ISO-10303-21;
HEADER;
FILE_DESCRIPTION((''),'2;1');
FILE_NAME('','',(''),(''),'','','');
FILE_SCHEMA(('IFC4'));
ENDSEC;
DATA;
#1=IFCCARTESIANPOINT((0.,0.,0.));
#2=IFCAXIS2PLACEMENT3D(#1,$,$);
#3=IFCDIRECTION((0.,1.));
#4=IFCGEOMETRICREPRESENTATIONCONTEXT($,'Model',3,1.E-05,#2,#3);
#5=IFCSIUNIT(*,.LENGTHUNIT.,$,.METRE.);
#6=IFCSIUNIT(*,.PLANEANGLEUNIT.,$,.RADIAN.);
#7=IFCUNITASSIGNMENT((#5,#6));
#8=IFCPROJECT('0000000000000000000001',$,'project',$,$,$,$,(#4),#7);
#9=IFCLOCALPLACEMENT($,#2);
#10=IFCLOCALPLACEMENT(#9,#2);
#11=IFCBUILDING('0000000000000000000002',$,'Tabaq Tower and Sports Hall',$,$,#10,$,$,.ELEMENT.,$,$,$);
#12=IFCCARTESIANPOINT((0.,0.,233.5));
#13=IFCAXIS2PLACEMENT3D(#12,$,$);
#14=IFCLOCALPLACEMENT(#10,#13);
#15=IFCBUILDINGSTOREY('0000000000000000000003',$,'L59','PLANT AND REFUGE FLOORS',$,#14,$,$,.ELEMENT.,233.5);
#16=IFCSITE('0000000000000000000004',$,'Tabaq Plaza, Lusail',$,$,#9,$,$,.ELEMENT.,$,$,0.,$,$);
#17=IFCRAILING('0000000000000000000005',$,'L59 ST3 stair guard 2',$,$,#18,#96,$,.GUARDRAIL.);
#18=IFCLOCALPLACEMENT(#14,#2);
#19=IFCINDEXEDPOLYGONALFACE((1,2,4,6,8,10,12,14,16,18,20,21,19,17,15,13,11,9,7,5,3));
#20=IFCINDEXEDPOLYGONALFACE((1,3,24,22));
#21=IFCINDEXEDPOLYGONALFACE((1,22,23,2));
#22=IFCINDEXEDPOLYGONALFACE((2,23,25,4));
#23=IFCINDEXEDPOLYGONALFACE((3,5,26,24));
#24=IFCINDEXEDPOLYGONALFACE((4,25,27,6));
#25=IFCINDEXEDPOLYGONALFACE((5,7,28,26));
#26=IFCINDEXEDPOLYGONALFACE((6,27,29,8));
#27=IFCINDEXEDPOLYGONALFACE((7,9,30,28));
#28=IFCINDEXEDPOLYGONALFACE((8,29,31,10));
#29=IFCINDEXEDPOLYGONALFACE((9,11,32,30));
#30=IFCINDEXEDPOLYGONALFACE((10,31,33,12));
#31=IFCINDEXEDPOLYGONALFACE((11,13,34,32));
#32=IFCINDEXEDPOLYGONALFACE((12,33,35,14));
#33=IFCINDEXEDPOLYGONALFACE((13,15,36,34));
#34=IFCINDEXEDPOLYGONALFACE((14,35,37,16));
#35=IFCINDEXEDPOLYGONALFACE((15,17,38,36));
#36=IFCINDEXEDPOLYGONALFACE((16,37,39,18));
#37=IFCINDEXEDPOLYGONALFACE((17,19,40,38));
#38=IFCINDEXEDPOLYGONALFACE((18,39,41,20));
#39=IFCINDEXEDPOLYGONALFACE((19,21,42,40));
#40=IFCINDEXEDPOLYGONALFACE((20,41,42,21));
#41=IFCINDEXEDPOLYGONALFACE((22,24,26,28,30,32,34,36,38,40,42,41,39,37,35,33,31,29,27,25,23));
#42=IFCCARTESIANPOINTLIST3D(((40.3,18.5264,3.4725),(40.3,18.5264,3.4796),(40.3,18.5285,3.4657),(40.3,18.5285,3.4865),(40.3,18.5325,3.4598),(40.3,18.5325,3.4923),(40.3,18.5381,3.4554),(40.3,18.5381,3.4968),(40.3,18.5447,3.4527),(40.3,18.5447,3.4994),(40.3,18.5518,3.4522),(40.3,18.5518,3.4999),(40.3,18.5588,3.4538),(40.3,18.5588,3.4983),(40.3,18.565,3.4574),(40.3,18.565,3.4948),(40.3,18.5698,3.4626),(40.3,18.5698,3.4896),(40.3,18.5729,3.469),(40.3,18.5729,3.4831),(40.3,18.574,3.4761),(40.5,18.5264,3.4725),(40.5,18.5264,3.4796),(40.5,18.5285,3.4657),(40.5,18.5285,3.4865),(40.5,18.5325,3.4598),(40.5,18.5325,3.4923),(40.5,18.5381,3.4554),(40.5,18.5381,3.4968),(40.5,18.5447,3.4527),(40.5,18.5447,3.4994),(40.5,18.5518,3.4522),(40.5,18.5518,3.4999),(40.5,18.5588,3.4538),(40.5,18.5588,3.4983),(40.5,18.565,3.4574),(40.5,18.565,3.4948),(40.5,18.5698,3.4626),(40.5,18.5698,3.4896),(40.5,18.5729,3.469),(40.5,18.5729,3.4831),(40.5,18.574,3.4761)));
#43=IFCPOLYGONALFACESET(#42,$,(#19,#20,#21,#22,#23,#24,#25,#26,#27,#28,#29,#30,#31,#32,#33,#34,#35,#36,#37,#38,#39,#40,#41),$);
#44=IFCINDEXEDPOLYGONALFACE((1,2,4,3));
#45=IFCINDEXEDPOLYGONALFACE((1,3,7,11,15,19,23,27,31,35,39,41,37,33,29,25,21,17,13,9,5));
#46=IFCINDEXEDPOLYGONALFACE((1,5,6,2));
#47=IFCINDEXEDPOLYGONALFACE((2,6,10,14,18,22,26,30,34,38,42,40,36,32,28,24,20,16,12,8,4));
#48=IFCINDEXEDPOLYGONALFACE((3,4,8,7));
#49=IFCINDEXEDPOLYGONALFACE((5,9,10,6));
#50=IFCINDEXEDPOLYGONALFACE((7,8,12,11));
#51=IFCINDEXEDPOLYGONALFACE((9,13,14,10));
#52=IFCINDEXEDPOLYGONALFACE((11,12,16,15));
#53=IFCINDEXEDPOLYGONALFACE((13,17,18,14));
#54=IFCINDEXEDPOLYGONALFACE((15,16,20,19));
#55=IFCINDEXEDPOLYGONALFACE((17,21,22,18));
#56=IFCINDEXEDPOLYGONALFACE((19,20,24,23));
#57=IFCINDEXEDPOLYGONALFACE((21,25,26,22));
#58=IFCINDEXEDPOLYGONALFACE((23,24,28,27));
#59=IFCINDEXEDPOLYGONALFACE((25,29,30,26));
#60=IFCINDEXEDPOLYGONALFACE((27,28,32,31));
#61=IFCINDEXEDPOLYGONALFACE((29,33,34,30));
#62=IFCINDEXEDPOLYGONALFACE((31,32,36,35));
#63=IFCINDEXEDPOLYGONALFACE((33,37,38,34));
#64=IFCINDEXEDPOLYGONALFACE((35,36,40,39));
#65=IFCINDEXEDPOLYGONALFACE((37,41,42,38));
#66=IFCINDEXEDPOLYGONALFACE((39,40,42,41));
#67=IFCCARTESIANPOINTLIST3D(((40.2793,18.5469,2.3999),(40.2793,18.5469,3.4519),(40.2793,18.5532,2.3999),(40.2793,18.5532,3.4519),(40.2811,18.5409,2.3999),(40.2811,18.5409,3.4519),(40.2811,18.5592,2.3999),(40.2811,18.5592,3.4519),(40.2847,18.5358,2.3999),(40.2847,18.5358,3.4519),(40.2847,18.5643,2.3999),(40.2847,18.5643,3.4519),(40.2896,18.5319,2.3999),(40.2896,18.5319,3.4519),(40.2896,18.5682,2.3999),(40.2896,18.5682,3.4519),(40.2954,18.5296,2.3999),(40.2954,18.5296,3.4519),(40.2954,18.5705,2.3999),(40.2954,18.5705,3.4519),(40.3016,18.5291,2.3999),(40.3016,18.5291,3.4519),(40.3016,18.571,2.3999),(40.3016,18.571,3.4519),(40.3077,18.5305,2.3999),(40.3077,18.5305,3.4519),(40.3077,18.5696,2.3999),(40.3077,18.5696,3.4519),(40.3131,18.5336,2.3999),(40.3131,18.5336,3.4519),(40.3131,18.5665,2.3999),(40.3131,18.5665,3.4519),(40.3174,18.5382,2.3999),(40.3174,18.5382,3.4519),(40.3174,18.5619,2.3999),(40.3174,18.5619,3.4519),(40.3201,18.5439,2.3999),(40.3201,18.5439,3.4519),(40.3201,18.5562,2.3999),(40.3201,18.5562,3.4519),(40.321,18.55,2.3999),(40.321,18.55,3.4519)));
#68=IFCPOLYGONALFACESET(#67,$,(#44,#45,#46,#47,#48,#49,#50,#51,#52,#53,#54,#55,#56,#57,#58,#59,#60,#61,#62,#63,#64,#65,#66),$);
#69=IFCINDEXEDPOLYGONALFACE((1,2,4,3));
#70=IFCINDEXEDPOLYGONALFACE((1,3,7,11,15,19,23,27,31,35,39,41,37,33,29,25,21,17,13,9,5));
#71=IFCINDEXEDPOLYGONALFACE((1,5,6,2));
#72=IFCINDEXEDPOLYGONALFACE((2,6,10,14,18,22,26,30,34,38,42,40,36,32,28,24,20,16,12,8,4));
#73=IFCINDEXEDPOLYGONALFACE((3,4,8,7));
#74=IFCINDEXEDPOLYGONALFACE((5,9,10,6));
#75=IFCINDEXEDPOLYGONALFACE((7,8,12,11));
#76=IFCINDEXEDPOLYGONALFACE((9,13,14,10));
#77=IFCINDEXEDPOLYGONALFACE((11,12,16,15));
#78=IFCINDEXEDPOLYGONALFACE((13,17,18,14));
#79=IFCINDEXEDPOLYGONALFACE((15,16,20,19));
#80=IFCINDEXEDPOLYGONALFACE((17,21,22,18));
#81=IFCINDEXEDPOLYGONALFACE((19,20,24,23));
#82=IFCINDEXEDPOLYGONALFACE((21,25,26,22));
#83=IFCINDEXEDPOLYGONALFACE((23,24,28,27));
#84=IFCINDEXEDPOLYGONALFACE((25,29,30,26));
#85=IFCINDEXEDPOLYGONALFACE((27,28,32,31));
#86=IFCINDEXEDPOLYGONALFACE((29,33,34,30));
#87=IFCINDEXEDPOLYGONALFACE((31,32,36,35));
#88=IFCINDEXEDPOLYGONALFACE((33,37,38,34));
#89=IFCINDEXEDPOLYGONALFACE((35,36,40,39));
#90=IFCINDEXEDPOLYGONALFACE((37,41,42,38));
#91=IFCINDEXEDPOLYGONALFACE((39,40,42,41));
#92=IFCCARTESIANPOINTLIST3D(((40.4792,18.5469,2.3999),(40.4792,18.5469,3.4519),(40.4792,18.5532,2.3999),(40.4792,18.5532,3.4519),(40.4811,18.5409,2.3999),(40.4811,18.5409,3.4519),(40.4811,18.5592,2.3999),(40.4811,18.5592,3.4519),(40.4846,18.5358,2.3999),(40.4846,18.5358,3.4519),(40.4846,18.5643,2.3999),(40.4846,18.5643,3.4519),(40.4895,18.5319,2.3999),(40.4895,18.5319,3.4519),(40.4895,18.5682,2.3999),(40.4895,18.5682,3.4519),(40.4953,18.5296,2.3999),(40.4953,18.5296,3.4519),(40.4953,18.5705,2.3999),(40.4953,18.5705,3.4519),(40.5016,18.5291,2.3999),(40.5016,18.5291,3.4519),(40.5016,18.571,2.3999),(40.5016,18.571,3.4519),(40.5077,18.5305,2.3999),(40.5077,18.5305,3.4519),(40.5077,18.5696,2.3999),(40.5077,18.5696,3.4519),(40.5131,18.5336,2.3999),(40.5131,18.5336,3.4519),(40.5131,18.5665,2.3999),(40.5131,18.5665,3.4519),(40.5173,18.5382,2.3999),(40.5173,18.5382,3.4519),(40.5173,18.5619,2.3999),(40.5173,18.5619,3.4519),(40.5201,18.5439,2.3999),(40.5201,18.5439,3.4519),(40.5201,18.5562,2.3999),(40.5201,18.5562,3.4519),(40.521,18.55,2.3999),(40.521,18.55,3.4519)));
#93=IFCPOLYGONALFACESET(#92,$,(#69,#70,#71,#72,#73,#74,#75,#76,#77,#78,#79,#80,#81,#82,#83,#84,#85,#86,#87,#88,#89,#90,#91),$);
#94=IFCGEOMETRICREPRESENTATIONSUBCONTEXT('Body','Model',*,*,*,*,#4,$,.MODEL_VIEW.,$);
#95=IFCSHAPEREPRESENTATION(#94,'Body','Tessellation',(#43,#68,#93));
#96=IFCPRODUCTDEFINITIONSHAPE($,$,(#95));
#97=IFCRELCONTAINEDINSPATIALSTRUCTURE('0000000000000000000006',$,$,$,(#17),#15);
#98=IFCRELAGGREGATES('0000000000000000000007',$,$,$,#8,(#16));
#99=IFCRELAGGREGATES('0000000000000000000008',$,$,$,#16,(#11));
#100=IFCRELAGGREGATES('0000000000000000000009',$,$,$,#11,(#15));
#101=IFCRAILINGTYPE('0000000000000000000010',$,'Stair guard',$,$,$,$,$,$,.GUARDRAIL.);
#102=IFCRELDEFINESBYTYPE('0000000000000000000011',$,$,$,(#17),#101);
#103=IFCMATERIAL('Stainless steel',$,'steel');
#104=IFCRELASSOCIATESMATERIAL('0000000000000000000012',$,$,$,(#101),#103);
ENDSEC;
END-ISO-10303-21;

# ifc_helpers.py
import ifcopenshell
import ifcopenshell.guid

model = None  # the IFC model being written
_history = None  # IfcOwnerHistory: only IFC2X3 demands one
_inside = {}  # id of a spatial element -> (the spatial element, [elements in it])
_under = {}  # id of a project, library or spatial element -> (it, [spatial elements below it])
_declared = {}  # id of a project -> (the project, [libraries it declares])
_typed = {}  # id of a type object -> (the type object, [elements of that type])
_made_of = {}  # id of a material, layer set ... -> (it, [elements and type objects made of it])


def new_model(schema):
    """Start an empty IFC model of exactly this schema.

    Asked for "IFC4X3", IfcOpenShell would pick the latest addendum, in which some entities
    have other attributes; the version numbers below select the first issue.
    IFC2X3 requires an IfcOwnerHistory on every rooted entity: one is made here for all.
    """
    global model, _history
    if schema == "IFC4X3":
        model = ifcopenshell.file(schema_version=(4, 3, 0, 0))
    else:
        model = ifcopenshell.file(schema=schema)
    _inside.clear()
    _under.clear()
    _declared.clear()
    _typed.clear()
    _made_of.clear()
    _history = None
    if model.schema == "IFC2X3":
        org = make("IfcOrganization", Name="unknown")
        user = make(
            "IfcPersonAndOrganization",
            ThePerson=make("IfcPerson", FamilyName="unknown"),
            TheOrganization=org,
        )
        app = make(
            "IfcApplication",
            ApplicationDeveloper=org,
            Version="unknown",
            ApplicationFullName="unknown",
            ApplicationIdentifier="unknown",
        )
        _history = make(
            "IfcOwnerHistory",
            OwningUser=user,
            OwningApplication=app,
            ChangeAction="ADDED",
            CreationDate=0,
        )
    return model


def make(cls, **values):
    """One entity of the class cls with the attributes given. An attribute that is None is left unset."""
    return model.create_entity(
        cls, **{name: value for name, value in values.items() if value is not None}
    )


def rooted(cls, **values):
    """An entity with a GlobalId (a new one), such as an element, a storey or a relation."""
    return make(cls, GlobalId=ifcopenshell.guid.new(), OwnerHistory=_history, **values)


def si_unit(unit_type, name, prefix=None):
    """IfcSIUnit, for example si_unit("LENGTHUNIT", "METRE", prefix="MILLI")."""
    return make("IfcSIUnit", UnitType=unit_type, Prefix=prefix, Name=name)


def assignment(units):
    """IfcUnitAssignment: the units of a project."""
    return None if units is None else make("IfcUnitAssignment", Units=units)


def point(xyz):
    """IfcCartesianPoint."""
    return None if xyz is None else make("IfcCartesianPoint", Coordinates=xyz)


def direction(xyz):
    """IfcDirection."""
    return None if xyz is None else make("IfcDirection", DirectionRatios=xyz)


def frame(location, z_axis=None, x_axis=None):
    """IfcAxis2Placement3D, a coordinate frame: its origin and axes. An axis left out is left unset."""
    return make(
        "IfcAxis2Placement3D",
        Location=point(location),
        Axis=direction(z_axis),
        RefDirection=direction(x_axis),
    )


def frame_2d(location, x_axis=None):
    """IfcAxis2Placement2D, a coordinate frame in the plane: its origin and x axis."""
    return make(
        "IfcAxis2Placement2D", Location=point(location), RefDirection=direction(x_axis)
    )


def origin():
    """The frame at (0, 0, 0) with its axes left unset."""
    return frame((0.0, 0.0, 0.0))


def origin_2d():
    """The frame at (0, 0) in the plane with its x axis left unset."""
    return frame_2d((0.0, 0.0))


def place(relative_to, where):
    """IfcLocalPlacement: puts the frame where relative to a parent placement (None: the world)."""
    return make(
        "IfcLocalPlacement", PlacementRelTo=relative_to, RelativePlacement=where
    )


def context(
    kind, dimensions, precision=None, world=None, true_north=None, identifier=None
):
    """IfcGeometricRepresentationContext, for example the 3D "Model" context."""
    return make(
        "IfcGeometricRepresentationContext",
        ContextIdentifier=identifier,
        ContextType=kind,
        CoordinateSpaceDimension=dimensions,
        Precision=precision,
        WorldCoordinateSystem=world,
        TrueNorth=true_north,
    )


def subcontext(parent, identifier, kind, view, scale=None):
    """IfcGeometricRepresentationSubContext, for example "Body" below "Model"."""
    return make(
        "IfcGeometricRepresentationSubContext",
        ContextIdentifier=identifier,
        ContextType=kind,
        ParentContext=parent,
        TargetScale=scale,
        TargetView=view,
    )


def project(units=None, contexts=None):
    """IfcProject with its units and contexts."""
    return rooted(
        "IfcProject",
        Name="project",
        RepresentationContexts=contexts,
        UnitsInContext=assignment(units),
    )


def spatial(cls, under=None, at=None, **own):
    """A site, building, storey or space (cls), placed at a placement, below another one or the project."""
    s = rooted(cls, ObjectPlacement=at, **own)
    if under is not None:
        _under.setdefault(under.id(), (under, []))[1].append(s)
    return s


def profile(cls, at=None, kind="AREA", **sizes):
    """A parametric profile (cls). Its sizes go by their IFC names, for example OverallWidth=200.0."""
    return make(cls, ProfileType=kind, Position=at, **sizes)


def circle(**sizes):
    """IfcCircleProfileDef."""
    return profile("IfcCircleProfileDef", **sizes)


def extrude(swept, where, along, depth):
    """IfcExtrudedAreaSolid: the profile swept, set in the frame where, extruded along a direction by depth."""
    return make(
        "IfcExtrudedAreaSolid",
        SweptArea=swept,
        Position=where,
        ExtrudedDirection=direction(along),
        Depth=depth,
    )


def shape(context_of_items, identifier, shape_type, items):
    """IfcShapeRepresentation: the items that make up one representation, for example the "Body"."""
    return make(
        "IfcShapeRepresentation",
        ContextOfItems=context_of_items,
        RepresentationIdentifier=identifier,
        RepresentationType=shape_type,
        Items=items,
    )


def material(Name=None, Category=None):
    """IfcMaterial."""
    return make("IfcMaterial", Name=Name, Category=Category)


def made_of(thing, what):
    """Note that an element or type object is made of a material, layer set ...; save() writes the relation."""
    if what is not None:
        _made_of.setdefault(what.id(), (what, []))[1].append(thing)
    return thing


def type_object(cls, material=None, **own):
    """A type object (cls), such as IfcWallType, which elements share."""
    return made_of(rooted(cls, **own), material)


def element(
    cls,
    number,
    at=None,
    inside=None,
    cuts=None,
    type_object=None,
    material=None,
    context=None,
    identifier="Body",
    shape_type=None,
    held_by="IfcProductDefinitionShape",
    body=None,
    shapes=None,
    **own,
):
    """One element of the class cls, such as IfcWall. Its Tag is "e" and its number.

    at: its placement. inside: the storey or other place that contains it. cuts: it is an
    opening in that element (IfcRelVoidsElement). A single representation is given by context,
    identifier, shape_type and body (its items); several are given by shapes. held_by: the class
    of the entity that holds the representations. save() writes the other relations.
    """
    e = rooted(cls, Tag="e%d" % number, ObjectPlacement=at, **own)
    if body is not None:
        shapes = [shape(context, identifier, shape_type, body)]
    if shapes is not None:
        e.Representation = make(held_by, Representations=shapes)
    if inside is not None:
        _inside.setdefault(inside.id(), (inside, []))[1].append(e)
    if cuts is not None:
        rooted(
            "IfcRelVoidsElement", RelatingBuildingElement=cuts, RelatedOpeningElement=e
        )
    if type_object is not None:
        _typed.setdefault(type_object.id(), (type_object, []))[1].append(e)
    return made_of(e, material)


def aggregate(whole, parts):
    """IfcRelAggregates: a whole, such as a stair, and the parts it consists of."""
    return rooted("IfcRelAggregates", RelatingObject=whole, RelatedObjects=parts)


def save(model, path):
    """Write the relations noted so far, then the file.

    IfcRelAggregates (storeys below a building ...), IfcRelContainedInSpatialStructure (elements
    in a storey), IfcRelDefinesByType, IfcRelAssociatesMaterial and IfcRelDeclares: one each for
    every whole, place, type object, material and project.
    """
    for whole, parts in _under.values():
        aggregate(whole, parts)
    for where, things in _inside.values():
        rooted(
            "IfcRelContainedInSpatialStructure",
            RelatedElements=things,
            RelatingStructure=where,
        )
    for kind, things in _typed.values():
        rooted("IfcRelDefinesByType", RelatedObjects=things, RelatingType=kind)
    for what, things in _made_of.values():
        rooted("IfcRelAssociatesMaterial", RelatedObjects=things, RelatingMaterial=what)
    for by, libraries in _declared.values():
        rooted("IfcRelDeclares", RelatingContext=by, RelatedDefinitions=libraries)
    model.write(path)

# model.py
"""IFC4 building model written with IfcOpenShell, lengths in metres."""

from ifc_helpers import new_model, si_unit, direction, frame, origin, origin_2d, place, context, subcontext, project, spatial, circle, extrude, material, type_object, element, save


model = new_model("IFC4")

# Units and contexts
model_context = context("Model", 3, precision=1e-05, world=origin(), true_north=direction((0.0, 1.0)))
body_context = subcontext(model_context, "Body", "Model", "MODEL_VIEW")
ifc_project = project(units=[si_unit("LENGTHUNIT", "METRE"), si_unit("PLANEANGLEUNIT", "RADIAN")], contexts=[model_context])

# Site, building, storey
site_placement = place(None, origin())
site = spatial("IfcSite", under=ifc_project, at=site_placement, Name="Tabaq Plaza, Lusail", CompositionType="ELEMENT", RefElevation=0.0)
building_placement = place(site_placement, origin())
building = spatial("IfcBuilding", under=site, at=building_placement, Name="Tabaq Tower and Sports Hall", CompositionType="ELEMENT")
storey_placement = place(building_placement, frame((0.0, 0.0, 233.5)))
storey = spatial("IfcBuildingStorey", under=building, at=storey_placement, Name="L59", Description="PLANT AND REFUGE FLOORS", CompositionType="ELEMENT", Elevation=233.5)

# Railing
ifc_material_1 = material(Name="Stainless steel", Category="steel")
railing_type_1 = type_object("IfcRailingType", Name="Stair guard", PredefinedType="GUARDRAIL", material=ifc_material_1)
railing_1_placement = place(storey_placement, frame((40.3, 18.55, 2.3999)))
element("IfcRailing", 1, at=railing_1_placement, inside=storey, type_object=railing_type_1, Name="L59 ST3 stair guard 2", PredefinedType="GUARDRAIL", context=body_context, shape_type="SweptSolid", body=[
    extrude(circle(Radius=0.0239, at=origin_2d()), frame((0.0, 0.0, 1.0762), z_axis=(1.0, 0.0, 0.0), x_axis=(0.0, 1.0, 0.0)), (0.0, 0.0, 1.0), 0.2),
    extrude(circle(Radius=0.021, at=origin_2d()), origin(), (0.0, 0.0, 1.0), 1.052),
    extrude(circle(Radius=0.021, at=origin_2d()), frame((0.2, 0.0, 0.0)), (0.0, 0.0, 1.0), 1.052),
])

save(model, "model.ifc")
